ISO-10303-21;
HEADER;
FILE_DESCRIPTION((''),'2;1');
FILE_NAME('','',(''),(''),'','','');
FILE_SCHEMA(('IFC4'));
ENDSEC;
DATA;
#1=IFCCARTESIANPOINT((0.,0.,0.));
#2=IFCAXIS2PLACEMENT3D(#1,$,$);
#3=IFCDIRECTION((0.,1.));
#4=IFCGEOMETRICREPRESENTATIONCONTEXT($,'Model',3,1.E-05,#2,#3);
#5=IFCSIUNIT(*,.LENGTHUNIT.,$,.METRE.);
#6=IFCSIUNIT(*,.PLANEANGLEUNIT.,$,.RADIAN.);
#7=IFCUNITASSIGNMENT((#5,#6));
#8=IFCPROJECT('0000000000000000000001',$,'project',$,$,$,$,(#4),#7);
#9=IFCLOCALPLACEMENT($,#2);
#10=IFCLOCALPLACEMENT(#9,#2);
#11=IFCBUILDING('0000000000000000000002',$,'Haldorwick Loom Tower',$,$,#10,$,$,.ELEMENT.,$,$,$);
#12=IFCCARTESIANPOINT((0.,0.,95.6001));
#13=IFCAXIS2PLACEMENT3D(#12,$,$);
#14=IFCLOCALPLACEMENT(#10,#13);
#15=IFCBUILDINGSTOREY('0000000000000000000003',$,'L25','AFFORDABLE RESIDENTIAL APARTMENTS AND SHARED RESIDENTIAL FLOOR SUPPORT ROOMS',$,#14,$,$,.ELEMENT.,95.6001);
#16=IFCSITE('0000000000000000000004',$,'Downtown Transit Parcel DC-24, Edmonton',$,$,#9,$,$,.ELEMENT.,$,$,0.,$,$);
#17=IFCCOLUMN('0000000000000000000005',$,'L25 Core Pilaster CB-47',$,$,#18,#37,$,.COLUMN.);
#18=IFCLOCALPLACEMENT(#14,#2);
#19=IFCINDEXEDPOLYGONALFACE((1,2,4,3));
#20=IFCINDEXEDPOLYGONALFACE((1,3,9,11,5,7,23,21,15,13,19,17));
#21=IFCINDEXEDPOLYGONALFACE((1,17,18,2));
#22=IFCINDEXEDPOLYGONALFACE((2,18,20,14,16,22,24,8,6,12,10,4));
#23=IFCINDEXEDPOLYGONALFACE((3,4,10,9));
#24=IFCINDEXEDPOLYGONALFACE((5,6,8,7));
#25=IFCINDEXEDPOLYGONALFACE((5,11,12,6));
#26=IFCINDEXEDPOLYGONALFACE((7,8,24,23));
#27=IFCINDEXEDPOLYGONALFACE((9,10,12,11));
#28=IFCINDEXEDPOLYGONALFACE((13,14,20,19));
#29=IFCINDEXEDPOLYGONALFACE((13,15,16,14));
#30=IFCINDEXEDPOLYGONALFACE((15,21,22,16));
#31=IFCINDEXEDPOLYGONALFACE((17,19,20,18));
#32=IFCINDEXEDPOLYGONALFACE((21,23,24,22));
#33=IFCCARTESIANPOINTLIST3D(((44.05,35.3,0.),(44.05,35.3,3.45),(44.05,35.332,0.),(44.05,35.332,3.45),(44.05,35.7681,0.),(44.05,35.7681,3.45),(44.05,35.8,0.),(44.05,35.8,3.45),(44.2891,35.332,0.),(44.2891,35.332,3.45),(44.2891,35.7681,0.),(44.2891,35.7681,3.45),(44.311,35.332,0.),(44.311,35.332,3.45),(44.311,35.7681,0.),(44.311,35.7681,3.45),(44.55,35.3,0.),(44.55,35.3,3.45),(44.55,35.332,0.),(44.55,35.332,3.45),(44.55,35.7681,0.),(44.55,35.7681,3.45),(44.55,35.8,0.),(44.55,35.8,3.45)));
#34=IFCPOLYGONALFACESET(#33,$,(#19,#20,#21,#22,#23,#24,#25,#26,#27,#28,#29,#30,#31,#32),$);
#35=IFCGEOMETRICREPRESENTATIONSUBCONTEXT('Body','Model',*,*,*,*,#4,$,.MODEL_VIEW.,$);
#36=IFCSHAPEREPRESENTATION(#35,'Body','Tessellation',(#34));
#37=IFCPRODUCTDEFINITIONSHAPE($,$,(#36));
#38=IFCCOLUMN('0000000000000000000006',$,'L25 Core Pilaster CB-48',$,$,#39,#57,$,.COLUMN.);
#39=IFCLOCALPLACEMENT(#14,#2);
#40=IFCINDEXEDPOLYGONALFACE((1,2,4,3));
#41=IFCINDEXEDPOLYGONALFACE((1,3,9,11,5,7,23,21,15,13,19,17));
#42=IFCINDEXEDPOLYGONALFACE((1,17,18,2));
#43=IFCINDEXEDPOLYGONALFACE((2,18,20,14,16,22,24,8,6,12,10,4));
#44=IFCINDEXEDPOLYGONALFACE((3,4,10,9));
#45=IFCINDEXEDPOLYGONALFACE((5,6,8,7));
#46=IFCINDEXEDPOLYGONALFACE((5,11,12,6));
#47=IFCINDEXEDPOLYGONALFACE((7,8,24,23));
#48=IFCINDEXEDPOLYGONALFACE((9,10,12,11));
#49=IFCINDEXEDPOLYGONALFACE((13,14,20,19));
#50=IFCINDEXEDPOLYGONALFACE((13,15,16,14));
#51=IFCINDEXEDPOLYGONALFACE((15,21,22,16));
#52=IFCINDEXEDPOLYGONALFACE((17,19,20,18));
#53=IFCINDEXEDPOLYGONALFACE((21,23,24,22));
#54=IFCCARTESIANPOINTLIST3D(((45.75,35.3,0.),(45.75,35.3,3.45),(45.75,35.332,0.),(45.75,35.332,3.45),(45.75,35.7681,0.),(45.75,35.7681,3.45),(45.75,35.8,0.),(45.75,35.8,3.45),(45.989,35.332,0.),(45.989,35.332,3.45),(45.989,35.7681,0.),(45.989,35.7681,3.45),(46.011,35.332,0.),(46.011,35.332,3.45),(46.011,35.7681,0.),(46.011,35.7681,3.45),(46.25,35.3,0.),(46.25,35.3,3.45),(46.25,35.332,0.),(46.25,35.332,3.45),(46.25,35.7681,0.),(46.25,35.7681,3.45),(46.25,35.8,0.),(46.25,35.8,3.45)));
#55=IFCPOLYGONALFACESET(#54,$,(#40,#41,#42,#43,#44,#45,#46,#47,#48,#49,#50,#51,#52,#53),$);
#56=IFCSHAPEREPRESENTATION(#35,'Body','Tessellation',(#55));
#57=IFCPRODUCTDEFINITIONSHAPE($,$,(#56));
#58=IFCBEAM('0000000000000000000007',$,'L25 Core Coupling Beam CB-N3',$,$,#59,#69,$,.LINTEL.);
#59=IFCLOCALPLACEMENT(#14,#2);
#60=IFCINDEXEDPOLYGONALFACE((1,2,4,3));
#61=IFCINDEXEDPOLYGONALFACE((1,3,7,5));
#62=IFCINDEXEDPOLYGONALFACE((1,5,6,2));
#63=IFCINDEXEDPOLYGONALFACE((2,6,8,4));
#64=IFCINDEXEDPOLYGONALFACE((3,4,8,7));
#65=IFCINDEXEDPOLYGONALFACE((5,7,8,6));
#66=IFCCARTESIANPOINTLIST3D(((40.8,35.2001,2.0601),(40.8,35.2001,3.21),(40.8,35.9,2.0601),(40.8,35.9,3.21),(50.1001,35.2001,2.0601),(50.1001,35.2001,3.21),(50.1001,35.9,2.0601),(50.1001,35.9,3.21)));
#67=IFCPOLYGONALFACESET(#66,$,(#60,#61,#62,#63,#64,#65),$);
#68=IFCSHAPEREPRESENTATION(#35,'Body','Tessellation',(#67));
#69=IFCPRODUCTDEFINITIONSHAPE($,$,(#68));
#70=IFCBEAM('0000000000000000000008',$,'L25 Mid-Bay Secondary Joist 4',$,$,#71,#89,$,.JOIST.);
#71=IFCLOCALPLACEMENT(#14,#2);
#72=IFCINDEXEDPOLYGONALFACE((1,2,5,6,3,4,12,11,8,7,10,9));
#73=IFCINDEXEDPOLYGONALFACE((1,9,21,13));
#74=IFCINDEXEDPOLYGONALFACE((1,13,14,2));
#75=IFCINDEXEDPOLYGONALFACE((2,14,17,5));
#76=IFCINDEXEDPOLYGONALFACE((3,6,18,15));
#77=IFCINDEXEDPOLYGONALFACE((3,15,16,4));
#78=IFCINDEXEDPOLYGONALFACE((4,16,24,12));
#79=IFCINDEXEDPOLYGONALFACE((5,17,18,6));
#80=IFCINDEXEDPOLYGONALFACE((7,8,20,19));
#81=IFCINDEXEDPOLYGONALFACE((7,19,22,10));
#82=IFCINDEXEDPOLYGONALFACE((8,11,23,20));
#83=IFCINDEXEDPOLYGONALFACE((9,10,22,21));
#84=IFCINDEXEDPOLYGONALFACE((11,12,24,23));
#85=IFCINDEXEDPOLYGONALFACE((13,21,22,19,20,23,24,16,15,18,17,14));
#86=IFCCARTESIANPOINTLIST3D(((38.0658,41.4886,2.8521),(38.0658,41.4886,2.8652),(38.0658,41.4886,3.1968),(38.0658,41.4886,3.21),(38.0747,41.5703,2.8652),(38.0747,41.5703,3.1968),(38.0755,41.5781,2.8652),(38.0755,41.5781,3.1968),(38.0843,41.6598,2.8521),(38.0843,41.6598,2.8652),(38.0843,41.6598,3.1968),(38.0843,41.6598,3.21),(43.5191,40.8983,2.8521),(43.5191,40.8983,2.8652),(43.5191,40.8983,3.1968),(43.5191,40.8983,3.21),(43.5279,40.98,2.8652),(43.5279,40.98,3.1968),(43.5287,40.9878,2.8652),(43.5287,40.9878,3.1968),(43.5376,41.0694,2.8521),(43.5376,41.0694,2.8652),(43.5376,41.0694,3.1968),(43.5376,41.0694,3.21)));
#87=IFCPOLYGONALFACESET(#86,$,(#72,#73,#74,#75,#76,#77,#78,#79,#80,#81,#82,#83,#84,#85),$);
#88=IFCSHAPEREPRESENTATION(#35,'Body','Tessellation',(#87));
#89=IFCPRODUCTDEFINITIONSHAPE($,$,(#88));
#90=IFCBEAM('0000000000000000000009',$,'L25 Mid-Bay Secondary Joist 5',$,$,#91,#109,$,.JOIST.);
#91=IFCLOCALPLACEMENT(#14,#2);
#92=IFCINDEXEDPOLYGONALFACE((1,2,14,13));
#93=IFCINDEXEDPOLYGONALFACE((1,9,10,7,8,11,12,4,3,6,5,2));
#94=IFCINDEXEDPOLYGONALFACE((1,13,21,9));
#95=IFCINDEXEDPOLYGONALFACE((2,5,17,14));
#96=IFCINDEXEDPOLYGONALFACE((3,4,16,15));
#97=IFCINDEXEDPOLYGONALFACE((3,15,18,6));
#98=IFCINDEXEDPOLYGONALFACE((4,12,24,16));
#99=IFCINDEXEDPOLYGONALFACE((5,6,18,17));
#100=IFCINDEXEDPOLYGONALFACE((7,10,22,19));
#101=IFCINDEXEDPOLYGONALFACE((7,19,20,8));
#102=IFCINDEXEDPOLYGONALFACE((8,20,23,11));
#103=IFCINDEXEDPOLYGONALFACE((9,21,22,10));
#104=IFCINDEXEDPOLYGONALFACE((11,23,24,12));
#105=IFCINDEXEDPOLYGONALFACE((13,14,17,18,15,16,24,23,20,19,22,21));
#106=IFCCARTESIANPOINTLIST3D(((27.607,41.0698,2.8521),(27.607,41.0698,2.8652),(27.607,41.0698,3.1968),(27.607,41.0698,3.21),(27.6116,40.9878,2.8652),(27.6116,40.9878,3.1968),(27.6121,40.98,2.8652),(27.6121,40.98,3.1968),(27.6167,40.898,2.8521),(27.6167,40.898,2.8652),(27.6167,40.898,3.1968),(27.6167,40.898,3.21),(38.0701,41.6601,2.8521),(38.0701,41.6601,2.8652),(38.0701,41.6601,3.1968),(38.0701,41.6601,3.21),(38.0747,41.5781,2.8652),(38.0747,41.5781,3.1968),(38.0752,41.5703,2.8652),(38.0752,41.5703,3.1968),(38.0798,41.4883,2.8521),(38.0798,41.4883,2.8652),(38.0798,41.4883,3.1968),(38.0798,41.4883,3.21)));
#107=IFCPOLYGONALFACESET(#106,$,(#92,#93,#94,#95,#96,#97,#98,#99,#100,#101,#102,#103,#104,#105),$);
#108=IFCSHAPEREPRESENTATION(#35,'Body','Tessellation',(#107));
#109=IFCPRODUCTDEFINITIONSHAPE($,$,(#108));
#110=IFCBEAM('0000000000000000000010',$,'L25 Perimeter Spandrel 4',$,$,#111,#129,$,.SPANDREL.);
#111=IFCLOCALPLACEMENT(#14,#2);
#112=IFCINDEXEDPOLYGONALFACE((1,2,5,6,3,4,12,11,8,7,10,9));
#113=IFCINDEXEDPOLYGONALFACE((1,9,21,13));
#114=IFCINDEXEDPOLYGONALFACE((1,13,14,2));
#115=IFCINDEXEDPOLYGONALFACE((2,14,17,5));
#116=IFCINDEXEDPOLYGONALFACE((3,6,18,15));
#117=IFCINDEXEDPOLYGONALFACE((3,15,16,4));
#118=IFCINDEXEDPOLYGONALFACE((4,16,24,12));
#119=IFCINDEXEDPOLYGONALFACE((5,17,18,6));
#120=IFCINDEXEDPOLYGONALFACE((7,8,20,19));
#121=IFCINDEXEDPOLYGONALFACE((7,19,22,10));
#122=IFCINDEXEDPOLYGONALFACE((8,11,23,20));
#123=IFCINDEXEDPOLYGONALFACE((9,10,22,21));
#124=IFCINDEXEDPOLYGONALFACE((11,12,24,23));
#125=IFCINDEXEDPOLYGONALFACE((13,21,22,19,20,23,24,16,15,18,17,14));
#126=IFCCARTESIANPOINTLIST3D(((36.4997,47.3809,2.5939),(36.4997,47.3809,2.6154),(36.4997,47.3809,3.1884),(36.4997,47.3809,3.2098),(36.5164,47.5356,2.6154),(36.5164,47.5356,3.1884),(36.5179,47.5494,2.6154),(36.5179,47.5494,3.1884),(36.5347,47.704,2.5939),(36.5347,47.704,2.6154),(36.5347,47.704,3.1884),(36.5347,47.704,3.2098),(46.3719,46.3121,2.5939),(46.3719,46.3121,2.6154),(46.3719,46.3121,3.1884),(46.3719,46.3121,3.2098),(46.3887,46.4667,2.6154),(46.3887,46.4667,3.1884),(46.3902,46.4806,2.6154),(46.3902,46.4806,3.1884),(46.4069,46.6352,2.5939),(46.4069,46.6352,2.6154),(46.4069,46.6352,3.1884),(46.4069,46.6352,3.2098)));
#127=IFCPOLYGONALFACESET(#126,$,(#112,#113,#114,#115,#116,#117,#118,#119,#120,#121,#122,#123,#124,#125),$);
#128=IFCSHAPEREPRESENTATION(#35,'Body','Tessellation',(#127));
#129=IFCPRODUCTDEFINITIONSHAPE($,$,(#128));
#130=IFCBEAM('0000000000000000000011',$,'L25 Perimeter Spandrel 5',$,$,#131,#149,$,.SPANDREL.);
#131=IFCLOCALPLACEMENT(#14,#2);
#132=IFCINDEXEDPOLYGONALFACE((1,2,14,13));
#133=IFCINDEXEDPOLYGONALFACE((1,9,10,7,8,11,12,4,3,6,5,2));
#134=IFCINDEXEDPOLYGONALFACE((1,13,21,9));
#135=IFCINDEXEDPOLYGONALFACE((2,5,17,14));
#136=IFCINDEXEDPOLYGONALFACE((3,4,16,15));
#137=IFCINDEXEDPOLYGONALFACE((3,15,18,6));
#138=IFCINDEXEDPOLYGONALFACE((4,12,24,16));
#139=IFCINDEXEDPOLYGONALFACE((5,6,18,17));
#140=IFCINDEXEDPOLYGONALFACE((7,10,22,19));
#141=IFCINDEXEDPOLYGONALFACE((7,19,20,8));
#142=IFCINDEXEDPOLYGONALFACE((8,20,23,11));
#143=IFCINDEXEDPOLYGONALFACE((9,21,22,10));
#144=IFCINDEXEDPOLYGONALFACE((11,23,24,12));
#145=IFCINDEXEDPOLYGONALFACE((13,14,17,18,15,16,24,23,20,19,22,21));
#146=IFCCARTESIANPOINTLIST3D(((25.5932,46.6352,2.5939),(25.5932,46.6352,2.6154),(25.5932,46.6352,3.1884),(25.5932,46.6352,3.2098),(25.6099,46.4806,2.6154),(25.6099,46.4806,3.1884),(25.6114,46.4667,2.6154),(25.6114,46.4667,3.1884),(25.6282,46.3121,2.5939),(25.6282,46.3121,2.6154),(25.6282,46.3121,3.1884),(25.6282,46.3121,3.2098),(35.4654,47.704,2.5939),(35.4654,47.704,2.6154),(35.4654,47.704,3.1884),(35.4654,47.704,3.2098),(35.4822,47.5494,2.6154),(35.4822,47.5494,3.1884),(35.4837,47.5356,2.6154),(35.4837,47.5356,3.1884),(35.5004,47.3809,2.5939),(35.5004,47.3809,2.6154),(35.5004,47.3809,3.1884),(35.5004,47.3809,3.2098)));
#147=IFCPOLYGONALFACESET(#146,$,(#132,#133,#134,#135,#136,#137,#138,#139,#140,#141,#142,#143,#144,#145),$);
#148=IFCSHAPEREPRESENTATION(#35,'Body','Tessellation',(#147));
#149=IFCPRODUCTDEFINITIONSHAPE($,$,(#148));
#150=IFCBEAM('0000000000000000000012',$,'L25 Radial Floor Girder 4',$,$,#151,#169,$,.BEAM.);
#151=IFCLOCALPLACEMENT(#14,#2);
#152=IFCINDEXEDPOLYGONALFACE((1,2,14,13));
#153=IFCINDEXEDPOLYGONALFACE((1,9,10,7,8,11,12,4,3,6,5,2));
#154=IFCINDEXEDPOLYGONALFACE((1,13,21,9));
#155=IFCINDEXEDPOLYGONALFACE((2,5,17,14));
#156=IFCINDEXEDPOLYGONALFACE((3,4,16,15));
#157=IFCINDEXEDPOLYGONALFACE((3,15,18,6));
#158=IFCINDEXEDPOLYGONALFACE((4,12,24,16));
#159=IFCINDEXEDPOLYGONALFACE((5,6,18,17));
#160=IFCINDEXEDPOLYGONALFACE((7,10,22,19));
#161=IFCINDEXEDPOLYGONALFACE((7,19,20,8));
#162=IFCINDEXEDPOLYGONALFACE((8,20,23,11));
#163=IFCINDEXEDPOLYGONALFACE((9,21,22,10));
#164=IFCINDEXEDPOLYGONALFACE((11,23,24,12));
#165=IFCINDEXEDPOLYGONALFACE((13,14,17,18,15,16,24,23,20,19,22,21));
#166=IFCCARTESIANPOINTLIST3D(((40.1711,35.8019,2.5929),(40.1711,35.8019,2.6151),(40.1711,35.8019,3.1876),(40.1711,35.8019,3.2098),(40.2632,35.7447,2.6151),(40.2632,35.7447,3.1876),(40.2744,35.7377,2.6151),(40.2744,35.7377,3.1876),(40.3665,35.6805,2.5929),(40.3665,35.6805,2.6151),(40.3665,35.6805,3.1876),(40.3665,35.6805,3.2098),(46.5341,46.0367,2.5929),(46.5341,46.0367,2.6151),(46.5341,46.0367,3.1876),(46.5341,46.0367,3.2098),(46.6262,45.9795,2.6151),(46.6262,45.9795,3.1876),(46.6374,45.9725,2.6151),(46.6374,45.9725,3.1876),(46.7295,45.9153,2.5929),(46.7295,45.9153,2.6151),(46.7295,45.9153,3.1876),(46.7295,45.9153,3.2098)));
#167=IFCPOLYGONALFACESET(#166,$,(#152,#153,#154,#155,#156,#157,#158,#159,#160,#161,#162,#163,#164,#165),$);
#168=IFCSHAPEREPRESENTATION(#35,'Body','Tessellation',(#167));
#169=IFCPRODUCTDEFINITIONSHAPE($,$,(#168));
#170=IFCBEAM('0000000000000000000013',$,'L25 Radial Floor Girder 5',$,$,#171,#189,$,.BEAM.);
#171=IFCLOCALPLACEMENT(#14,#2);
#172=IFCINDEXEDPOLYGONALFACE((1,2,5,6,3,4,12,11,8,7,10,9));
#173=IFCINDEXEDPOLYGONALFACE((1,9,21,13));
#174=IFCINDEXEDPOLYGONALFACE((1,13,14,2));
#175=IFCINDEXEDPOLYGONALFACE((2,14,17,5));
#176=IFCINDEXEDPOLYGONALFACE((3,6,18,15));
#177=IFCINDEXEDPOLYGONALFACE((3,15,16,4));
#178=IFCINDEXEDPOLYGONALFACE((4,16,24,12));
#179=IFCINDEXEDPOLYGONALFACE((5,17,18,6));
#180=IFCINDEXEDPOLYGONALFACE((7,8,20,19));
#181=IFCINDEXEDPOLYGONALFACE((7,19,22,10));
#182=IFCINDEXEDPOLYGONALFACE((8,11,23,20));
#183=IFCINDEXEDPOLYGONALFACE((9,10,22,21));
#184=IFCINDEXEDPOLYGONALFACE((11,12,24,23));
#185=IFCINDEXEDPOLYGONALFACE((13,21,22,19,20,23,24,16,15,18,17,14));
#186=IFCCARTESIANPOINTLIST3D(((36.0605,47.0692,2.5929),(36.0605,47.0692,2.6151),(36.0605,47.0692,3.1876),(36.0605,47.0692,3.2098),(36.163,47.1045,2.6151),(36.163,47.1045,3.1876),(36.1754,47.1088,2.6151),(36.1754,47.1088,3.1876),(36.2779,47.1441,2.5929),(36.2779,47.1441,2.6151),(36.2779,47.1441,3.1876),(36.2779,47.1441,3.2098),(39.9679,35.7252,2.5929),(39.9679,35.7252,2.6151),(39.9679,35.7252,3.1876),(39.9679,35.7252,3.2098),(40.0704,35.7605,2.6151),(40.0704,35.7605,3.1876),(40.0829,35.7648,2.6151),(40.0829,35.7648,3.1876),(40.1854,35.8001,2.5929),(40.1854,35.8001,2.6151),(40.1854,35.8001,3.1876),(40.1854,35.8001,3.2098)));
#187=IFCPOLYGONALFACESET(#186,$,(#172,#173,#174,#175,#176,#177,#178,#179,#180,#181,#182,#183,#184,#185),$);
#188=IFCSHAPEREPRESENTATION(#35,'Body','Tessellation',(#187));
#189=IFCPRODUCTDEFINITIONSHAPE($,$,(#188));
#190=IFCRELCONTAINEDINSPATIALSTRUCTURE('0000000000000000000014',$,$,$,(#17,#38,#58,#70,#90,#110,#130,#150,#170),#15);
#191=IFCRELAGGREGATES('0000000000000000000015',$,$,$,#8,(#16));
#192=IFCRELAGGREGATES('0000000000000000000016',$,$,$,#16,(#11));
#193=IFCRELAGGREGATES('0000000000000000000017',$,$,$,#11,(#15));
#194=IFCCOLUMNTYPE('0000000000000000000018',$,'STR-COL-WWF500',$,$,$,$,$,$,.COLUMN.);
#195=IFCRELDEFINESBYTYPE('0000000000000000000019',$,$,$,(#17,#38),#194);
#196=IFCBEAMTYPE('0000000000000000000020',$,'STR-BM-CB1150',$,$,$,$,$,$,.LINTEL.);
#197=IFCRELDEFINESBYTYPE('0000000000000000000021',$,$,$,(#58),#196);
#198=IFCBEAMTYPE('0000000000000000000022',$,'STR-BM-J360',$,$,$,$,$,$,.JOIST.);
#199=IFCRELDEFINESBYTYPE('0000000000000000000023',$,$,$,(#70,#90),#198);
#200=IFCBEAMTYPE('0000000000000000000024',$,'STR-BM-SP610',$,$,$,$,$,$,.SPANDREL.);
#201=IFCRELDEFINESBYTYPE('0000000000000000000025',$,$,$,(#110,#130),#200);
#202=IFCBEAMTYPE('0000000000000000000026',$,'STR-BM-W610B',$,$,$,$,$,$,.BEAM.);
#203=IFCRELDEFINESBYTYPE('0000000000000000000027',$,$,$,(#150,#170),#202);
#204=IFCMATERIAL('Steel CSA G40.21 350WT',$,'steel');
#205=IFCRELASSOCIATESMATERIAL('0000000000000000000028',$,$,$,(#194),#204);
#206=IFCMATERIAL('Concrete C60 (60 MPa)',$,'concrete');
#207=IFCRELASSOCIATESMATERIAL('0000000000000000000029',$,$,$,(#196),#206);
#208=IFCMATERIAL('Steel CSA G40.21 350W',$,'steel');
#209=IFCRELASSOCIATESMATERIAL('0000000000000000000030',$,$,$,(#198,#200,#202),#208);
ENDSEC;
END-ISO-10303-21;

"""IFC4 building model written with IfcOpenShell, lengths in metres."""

from ifc_helpers import new_model, si_unit, direction, frame, origin, origin_2d, place, context, subcontext, project, spatial, rectangle, i_section, extrude, material, material_profile, profile_set, type_object, element, save


model = new_model("IFC4")

# Units and contexts
model_context = context("Model", 3, precision=1e-05, world=origin(), true_north=direction((0.0, 1.0)))
body_context = subcontext(model_context, "Body", "Model", "MODEL_VIEW")
ifc_project = project(units=[si_unit("LENGTHUNIT", "METRE"), si_unit("PLANEANGLEUNIT", "RADIAN")], contexts=[model_context])

# Site, building, storey
site_placement = place(None, origin())
site = spatial("IfcSite", under=ifc_project, at=site_placement, Name="Downtown Transit Parcel DC-24, Edmonton", CompositionType="ELEMENT", RefElevation=0.0)
building_placement = place(site_placement, origin())
building = spatial("IfcBuilding", under=site, at=building_placement, Name="Haldorwick Loom Tower", CompositionType="ELEMENT")
storey_placement = place(building_placement, frame((0.0, 0.0, 95.6001)))
storey = spatial("IfcBuildingStorey", under=building, at=storey_placement, Name="L25", Description="AFFORDABLE RESIDENTIAL APARTMENTS AND SHARED RESIDENTIAL FLOOR SUPPORT ROOMS", CompositionType="ELEMENT", Elevation=95.6001)

# Columns
ifc_material_1 = material(Name="Concrete C60 (60 MPa)", Category="concrete")
ifc_material_2 = material(Name="Steel CSA G40.21 350WT", Category="steel")
ifc_material_profile_1 = material_profile(ifc_material_2, i_section(OverallWidth=0.5, OverallDepth=0.5, WebThickness=0.022, FlangeThickness=0.032, at=origin_2d()), Name="WWF500X500", Category="steel")
ifc_profile_set_1 = profile_set([ifc_material_profile_1], Name="Steel CSA G40.21 350WT")
column_type_1 = type_object("IfcColumnType", Name="STR-COL-WWF500", PredefinedType="COLUMN", material=ifc_profile_set_1)
for number, where, z_axis, x_axis, name in (
    (1, (44.3, 35.55, 0.0), (0.0, 0.0, 1.0), (1.0, 0.0, 0.0), "L25 Core Pilaster CB-47"),
    (2, (46.0, 35.55, 0.0), (0.0, 0.0, 1.0), (1.0, 0.0, 0.0), "L25 Core Pilaster CB-48"),
):
    element("IfcColumn", number, at=place(storey_placement, frame(where, z_axis=z_axis, x_axis=x_axis)), inside=storey, type_object=column_type_1, Name=name, PredefinedType="COLUMN", context=body_context, shape_type="SweptSolid", body=[
        extrude(i_section(OverallWidth=0.5, OverallDepth=0.5, WebThickness=0.022, FlangeThickness=0.032, at=origin_2d()), origin(), (0.0, 0.0, 1.0), 3.45),
    ])

# Beams
ifc_material_profile_2 = material_profile(ifc_material_1, rectangle(XDim=0.7, YDim=1.1499, at=origin_2d()), Name="RC700X1150", Category="concrete")
ifc_profile_set_2 = profile_set([ifc_material_profile_2], Name="Concrete C60 (60 MPa)")
beam_type_1 = type_object("IfcBeamType", Name="STR-BM-CB1150", PredefinedType="LINTEL", material=ifc_profile_set_2)
beam_1_placement = place(storey_placement, frame((40.8, 35.55, 2.635), z_axis=(1.0, 0.0, 0.0), x_axis=(0.0, 1.0, 0.0)))
element("IfcBeam", 3, at=beam_1_placement, inside=storey, type_object=beam_type_1, Name="L25 Core Coupling Beam CB-N3", PredefinedType="LINTEL", context=body_context, shape_type="SweptSolid", body=[
    extrude(rectangle(XDim=0.7, YDim=1.1499, at=origin_2d()), origin(), (0.0, 0.0, 1.0), 9.3),
])
ifc_material_3 = material(Name="Steel CSA G40.21 350W", Category="steel")
ifc_material_profile_3 = material_profile(ifc_material_3, i_section(OverallWidth=0.1721, OverallDepth=0.3579, WebThickness=0.0078, FlangeThickness=0.0132, at=origin_2d()), Name="W360X57", Category="steel")
ifc_profile_set_3 = profile_set([ifc_material_profile_3], Name="Steel CSA G40.21 350W")
beam_type_2 = type_object("IfcBeamType", Name="STR-BM-J360", PredefinedType="JOIST", material=ifc_profile_set_3)
beam_2_placement = place(storey_placement, frame((43.5283, 40.9839, 3.031), z_axis=(-0.994192, 0.107622, 0.0), x_axis=(-0.107622, -0.994192, 0.0)))
element("IfcBeam", 4, at=beam_2_placement, inside=storey, type_object=beam_type_2, Name="L25 Mid-Bay Secondary Joist 4", PredefinedType="JOIST", context=body_context, shape_type="SweptSolid", body=[
    extrude(i_section(OverallWidth=0.1721, OverallDepth=0.3579, WebThickness=0.0078, FlangeThickness=0.0132, at=origin_2d()), origin(), (0.0, 0.0, 1.0), 5.4851),
])
beam_3_placement = place(storey_placement, frame((38.075, 41.5742, 3.031), z_axis=(-0.998412, -0.056331, 0.0), x_axis=(0.056331, -0.998412, 0.0)))
element("IfcBeam", 5, at=beam_3_placement, inside=storey, type_object=beam_type_2, Name="L25 Mid-Bay Secondary Joist 5", PredefinedType="JOIST", context=body_context, shape_type="SweptSolid", body=[
    extrude(i_section(OverallWidth=0.1721, OverallDepth=0.3579, WebThickness=0.0078, FlangeThickness=0.0132, at=origin_2d()), origin(), (0.0, 0.0, 1.0), 10.4797),
])
ifc_material_profile_4 = material_profile(ifc_material_3, i_section(OverallWidth=0.325, OverallDepth=0.616, WebThickness=0.0139, FlangeThickness=0.0215, at=origin_2d()), Name="W610X174", Category="steel")
ifc_profile_set_4 = profile_set([ifc_material_profile_4], Name="Steel CSA G40.21 350W")
beam_type_3 = type_object("IfcBeamType", Name="STR-BM-SP610", PredefinedType="SPANDREL", material=ifc_profile_set_4)
for number, where, z_axis, x_axis, name in (
    (6, (46.3894, 46.4736, 2.9019), (-0.99419, 0.107638, 0.0), (-0.107638, -0.99419, 0.0), "L25 Perimeter Spandrel 4"),
    (7, (35.4829, 47.5425, 2.9019), (-0.99419, -0.107638, 0.0), (0.107638, -0.99419, 0.0), "L25 Perimeter Spandrel 5"),
):
    element("IfcBeam", number, at=place(storey_placement, frame(where, z_axis=z_axis, x_axis=x_axis)), inside=storey, type_object=beam_type_3, Name=name, PredefinedType="SPANDREL", context=body_context, shape_type="SweptSolid", body=[
        extrude(i_section(OverallWidth=0.325, OverallDepth=0.616, WebThickness=0.0139, FlangeThickness=0.0215, at=origin_2d()), origin(), (0.0, 0.0, 1.0), 9.9299),
    ])
ifc_material_profile_5 = material_profile(ifc_material_3, i_section(OverallWidth=0.23, OverallDepth=0.6169, WebThickness=0.0132, FlangeThickness=0.0222, at=origin_2d()), Name="W610X140", Category="steel")
ifc_profile_set_5 = profile_set([ifc_material_profile_5], Name="Steel CSA G40.21 350W")
beam_type_4 = type_object("IfcBeamType", Name="STR-BM-W610B", PredefinedType="BEAM", material=ifc_profile_set_5)
beam_4_placement = place(storey_placement, frame((40.2688, 35.7412, 2.9014), z_axis=(0.527983, 0.849255, 0.0), x_axis=(-0.849255, 0.527983, 0.0)))
element("IfcBeam", 8, at=beam_4_placement, inside=storey, type_object=beam_type_4, Name="L25 Radial Floor Girder 4", PredefinedType="BEAM", context=body_context, shape_type="SweptSolid", body=[
    extrude(i_section(OverallWidth=0.23, OverallDepth=0.6169, WebThickness=0.0132, FlangeThickness=0.0222, at=origin_2d()), origin(), (0.0, 0.0, 1.0), 12.0515),
])
beam_5_placement = place(storey_placement, frame((40.0767, 35.7627, 2.9014), z_axis=(-0.325674, 0.945482, 0.0), x_axis=(-0.945482, -0.325674, 0.0)))
element("IfcBeam", 9, at=beam_5_placement, inside=storey, type_object=beam_type_4, Name="L25 Radial Floor Girder 5", PredefinedType="BEAM", context=body_context, shape_type="SweptSolid", body=[
    extrude(i_section(OverallWidth=0.23, OverallDepth=0.6169, WebThickness=0.0132, FlangeThickness=0.0222, at=origin_2d()), origin(), (0.0, 0.0, 1.0), 11.998),
])

save(model, "model.ifc")
